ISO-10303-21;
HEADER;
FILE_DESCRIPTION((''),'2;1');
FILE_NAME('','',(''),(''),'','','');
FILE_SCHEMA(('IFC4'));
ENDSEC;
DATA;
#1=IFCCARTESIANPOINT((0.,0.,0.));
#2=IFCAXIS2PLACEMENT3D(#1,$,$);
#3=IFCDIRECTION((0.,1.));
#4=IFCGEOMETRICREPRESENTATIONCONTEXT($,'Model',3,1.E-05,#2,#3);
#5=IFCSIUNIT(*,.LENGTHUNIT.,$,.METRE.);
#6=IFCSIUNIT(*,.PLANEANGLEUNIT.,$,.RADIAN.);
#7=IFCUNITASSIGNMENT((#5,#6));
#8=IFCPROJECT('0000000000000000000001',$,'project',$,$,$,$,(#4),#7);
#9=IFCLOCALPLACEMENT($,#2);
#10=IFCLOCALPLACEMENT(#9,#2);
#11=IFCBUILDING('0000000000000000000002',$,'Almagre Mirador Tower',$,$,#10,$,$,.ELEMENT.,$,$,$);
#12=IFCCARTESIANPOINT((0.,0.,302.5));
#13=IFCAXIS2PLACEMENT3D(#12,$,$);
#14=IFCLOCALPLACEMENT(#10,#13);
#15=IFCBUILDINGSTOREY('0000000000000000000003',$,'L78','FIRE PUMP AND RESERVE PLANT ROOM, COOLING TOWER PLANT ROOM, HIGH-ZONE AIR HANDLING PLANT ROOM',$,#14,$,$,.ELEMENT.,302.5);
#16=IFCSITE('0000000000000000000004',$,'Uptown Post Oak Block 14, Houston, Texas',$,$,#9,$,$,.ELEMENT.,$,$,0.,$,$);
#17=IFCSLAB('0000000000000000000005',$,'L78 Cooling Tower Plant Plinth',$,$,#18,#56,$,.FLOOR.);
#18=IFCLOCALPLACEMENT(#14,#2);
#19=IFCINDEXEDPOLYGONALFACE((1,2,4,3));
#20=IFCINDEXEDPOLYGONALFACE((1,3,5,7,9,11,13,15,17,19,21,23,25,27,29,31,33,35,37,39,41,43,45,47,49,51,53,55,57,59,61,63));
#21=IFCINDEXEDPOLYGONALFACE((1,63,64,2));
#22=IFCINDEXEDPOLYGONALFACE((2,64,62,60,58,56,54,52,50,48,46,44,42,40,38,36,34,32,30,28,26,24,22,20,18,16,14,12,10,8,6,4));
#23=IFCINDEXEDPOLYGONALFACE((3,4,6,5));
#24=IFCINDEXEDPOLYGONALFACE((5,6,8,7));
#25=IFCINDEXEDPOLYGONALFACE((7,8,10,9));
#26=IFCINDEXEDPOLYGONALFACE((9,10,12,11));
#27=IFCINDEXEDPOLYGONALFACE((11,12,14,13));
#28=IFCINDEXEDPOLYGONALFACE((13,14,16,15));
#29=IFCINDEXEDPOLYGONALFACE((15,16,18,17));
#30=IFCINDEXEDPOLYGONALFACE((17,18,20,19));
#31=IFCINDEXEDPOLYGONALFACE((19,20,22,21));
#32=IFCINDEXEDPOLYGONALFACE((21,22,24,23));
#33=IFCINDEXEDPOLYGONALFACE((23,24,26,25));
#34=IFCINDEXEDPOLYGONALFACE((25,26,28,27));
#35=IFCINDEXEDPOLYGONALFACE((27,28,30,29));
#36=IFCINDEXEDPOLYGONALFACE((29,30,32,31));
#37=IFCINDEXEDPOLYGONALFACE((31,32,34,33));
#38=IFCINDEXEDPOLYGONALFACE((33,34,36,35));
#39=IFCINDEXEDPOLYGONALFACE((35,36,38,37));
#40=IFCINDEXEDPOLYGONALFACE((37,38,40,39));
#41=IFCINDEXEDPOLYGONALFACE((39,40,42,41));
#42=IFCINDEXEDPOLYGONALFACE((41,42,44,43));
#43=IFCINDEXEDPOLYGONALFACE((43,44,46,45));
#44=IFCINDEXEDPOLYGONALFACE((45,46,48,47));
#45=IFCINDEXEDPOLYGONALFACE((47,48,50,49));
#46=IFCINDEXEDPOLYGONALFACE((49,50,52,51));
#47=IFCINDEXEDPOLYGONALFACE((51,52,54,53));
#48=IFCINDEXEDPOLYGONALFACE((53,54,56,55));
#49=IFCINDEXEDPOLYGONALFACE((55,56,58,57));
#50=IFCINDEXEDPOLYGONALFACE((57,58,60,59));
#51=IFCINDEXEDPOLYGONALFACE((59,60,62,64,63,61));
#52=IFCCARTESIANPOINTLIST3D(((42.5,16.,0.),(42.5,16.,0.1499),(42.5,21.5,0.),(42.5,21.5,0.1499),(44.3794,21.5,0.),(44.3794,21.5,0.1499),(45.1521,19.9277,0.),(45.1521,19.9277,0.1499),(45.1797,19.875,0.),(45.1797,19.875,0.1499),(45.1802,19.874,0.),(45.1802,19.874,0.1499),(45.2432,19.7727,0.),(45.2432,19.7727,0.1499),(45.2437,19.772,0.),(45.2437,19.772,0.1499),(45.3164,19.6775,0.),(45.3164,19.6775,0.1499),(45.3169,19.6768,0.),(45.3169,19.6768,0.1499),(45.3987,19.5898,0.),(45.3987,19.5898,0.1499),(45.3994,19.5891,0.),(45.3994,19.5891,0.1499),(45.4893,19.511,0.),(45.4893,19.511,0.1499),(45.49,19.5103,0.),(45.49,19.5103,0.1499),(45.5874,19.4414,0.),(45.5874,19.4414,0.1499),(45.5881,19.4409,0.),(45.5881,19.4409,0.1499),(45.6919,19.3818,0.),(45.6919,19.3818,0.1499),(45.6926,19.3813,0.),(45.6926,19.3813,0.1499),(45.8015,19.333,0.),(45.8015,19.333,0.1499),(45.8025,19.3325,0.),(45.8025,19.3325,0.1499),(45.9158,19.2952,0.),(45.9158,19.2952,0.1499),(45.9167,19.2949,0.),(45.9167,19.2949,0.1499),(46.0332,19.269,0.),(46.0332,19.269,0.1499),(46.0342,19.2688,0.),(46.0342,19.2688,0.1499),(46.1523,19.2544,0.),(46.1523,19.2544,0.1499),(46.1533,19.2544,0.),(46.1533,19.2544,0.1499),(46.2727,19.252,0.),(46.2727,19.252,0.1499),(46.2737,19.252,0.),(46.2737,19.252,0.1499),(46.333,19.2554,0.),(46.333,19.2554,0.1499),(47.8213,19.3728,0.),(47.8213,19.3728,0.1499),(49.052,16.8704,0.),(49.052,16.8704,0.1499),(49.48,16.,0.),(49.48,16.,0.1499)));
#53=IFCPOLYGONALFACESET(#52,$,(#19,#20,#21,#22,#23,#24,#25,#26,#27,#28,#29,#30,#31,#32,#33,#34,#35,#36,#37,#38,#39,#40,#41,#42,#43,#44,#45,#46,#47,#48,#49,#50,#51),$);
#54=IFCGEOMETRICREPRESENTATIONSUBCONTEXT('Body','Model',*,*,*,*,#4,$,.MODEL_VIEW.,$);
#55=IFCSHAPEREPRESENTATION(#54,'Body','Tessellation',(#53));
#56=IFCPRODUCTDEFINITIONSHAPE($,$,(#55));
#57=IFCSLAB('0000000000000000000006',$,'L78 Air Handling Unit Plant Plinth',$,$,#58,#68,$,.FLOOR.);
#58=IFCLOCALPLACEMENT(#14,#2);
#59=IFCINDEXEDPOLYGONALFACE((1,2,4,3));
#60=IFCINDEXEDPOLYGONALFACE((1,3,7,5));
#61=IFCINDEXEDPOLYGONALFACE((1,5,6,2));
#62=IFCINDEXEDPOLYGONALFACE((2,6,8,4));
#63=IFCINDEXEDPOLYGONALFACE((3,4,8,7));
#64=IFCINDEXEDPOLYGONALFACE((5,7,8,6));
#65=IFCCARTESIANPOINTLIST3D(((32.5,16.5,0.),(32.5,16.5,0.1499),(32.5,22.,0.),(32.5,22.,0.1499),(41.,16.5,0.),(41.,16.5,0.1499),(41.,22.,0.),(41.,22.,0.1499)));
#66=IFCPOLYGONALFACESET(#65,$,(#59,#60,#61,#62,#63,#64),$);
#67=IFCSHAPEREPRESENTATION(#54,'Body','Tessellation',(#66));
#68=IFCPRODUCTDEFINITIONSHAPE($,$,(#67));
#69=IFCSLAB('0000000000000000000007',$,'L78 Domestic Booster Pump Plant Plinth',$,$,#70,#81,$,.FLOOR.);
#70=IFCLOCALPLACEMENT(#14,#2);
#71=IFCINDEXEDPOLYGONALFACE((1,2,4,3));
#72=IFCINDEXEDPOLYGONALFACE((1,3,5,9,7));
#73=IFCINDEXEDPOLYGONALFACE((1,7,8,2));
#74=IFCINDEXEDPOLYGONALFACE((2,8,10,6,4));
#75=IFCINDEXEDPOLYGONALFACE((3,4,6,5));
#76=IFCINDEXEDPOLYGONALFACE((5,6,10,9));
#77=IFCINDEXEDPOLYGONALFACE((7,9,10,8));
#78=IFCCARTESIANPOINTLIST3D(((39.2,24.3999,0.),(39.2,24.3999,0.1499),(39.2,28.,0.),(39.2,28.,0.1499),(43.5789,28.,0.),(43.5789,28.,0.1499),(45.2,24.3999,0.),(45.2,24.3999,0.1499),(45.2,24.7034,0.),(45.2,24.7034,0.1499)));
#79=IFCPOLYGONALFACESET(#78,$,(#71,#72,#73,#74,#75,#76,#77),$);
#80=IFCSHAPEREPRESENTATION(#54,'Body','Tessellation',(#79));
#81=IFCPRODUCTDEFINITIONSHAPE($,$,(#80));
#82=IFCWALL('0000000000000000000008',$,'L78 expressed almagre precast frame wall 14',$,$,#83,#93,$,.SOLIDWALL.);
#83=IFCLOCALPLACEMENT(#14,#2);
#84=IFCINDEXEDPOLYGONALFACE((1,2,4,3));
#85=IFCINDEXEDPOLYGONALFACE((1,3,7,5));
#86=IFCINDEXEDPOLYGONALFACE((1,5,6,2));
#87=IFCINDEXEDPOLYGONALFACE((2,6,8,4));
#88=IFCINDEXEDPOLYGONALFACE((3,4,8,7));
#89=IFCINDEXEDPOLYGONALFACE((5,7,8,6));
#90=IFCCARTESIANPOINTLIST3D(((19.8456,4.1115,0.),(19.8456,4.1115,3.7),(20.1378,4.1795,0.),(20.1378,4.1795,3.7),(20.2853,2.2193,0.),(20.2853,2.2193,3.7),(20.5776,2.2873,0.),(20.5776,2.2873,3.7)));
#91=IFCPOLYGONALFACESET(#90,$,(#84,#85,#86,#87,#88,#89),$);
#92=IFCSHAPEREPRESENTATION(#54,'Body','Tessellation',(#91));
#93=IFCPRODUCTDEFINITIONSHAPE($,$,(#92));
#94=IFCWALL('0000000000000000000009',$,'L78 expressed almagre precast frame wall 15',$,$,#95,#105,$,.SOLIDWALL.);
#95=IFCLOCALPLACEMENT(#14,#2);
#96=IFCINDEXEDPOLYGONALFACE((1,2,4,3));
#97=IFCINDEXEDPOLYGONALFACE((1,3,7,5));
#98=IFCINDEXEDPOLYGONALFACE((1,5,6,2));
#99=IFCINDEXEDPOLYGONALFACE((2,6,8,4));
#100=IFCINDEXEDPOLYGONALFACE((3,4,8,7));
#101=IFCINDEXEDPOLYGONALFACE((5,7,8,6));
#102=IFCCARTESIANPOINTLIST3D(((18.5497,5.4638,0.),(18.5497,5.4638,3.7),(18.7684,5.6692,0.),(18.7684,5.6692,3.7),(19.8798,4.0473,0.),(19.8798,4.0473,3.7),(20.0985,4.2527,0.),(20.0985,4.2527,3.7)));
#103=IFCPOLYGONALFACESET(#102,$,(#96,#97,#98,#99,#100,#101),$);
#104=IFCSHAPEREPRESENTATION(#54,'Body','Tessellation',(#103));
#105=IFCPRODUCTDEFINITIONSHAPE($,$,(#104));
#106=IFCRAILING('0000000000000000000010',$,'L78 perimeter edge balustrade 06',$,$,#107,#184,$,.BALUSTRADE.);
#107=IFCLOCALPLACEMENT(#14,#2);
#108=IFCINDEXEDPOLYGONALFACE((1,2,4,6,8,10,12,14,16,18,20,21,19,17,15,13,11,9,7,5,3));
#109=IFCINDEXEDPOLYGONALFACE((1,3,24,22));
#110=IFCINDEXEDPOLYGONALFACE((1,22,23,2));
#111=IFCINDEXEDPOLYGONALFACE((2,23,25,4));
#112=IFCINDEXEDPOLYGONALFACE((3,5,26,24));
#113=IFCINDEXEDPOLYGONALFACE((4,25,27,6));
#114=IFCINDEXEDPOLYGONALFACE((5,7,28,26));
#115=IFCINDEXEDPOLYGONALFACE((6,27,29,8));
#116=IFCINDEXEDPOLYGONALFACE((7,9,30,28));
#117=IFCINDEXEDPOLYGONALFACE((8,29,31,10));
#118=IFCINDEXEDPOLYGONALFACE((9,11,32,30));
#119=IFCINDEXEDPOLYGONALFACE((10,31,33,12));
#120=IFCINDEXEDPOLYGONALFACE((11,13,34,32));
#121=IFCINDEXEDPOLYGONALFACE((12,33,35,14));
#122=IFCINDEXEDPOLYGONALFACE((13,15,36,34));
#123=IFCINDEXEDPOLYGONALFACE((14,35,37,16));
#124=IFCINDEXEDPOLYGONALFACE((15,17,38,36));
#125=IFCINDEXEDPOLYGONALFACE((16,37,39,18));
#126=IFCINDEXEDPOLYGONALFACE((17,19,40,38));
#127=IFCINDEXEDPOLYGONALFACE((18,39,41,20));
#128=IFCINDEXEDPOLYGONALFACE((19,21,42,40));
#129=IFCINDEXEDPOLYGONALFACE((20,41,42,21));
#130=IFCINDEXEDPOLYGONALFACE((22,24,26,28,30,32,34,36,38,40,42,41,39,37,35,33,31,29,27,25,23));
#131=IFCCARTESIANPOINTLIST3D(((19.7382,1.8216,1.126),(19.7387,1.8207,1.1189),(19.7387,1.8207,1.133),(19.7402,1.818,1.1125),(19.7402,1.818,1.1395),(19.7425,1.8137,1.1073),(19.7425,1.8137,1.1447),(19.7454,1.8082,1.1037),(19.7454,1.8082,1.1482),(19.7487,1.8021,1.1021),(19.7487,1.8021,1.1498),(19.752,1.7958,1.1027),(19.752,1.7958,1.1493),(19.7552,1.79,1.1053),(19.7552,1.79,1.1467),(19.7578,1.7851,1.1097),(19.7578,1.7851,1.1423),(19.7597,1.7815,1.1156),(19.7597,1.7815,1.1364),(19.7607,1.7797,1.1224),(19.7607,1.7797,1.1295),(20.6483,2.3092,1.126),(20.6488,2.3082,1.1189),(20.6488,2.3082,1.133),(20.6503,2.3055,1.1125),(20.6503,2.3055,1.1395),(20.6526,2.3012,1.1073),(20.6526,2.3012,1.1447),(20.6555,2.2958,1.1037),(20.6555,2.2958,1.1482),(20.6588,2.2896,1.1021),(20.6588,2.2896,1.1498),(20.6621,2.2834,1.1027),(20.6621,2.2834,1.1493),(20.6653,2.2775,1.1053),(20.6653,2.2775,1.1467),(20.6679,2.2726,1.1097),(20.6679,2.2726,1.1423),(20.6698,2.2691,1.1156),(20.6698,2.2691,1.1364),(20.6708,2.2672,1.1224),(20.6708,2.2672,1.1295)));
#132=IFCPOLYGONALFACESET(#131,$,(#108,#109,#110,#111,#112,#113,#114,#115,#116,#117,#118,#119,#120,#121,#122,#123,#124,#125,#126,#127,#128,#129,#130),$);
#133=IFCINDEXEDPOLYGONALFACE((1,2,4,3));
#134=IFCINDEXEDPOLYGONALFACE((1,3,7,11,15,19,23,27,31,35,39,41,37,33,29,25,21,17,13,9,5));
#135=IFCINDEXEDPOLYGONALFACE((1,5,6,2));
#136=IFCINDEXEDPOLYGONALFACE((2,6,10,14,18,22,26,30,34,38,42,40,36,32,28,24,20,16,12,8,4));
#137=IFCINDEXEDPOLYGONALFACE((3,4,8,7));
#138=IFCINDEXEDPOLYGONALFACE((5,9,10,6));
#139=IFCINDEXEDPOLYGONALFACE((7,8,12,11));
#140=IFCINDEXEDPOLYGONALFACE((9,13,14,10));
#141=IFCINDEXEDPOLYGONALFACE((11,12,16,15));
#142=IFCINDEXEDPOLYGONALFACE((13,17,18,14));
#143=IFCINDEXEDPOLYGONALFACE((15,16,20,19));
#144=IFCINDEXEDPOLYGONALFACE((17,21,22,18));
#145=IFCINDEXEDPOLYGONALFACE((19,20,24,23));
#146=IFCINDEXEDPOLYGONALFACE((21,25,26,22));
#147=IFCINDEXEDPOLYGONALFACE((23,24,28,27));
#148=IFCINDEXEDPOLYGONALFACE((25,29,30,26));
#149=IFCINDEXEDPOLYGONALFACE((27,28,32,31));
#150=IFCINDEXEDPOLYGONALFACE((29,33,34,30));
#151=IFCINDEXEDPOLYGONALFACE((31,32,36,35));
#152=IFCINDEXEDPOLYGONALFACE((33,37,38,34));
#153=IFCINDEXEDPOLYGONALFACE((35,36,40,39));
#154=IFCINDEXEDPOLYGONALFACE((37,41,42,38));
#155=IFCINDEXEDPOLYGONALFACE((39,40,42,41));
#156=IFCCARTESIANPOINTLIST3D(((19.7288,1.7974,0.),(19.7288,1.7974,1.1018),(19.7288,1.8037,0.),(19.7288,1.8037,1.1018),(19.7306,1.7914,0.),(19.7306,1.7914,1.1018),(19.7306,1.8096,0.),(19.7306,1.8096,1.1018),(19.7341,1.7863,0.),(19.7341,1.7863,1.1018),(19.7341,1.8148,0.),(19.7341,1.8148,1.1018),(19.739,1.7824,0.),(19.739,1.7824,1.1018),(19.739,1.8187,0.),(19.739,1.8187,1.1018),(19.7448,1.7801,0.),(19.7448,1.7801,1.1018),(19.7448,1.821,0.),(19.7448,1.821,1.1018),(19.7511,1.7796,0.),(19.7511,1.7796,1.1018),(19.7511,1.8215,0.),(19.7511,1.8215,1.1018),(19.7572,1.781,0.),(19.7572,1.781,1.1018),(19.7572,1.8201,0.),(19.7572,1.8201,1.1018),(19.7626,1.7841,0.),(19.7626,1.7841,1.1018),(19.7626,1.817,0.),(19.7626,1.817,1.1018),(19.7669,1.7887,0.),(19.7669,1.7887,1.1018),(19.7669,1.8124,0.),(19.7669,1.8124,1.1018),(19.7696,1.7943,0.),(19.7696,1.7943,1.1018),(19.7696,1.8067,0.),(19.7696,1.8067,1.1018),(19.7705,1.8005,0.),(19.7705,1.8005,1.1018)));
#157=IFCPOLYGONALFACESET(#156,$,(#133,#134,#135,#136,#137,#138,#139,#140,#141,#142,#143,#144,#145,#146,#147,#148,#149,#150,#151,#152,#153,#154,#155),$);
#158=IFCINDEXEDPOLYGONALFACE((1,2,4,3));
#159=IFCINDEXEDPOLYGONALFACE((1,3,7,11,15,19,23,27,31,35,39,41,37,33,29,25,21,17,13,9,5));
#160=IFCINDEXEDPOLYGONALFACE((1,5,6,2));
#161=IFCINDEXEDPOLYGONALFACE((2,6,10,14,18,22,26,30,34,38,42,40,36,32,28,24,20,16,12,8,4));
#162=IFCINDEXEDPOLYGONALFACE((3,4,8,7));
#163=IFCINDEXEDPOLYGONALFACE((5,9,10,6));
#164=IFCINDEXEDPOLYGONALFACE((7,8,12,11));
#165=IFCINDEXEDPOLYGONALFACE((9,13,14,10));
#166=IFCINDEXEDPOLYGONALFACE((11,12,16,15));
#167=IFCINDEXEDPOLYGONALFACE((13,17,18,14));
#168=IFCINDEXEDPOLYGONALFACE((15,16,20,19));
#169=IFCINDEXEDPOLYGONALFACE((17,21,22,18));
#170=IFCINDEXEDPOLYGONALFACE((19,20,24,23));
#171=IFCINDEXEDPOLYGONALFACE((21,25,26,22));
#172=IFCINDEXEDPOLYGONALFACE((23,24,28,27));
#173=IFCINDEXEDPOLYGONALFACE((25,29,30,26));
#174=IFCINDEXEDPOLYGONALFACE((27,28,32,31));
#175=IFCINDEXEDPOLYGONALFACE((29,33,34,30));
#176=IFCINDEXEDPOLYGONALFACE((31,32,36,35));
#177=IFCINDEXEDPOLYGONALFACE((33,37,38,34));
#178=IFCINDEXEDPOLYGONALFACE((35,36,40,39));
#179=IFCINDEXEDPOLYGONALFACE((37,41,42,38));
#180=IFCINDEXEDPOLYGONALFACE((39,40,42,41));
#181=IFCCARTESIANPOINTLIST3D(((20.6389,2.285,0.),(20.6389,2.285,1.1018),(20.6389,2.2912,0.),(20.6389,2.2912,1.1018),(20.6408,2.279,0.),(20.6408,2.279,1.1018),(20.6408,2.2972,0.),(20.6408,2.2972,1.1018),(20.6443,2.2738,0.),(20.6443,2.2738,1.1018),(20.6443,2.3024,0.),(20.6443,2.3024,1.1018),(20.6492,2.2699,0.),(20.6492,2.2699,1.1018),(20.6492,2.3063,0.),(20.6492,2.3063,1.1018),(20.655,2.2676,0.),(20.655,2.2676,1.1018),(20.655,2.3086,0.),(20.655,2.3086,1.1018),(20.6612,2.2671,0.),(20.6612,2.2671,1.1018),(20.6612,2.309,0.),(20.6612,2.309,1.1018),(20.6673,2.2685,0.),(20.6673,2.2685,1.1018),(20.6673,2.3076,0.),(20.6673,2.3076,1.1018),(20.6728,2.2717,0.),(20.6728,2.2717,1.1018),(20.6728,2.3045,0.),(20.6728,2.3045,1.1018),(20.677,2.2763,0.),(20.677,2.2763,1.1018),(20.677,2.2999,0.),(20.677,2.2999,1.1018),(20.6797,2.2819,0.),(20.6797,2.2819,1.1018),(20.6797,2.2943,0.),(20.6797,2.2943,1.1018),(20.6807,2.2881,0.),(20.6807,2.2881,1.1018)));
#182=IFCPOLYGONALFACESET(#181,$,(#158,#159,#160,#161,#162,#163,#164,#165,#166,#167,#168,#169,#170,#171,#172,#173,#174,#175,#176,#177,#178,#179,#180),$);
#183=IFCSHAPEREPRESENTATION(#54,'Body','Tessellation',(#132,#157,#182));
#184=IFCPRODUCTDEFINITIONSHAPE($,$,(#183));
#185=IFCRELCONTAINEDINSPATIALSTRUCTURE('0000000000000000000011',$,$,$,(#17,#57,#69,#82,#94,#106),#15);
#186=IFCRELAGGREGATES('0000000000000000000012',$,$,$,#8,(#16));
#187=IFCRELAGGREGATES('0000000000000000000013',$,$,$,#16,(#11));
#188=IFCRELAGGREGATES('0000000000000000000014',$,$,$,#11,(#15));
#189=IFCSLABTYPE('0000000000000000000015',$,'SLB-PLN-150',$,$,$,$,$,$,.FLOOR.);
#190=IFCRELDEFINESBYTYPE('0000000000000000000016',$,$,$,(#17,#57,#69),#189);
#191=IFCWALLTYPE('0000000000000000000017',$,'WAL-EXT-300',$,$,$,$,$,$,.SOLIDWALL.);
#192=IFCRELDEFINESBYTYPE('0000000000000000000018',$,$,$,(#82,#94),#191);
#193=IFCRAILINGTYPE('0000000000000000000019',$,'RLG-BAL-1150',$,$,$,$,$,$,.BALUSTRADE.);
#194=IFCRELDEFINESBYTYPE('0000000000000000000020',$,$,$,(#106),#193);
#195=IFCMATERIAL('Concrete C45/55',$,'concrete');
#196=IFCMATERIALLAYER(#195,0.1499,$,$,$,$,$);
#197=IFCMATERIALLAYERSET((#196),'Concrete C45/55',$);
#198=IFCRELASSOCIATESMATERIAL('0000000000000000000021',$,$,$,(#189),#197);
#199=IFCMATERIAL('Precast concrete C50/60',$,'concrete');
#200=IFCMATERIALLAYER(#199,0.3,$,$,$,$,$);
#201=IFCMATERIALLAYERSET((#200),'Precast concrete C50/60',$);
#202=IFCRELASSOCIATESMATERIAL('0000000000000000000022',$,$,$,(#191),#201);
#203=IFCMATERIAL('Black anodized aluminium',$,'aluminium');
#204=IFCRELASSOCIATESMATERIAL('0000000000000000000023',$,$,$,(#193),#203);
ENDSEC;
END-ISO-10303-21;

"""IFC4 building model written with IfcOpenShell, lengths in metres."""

from ifc_helpers import new_model, si_unit, direction, frame, frame_2d, origin, origin_2d, place, context, subcontext, project, spatial, polyline, rectangle, circle, outline, extrude, material, layer, layer_set, type_object, element, save


model = new_model("IFC4")

# Units and contexts
model_context = context("Model", 3, precision=1e-05, world=origin(), true_north=direction((0.0, 1.0)))
body_context = subcontext(model_context, "Body", "Model", "MODEL_VIEW")
ifc_project = project(units=[si_unit("LENGTHUNIT", "METRE"), si_unit("PLANEANGLEUNIT", "RADIAN")], contexts=[model_context])

# Site, building, storey
site_placement = place(None, origin())
site = spatial("IfcSite", under=ifc_project, at=site_placement, Name="Uptown Post Oak Block 14, Houston, Texas", CompositionType="ELEMENT", RefElevation=0.0)
building_placement = place(site_placement, origin())
building = spatial("IfcBuilding", under=site, at=building_placement, Name="Almagre Mirador Tower", CompositionType="ELEMENT")
storey_placement = place(building_placement, frame((0.0, 0.0, 302.5)))
storey = spatial("IfcBuildingStorey", under=building, at=storey_placement, Name="L78", Description="FIRE PUMP AND RESERVE PLANT ROOM, COOLING TOWER PLANT ROOM, HIGH-ZONE AIR HANDLING PLANT ROOM", CompositionType="ELEMENT", Elevation=302.5)

# Slabs
ifc_material_1 = material(Name="Concrete C45/55", Category="concrete")
ifc_layer_1 = layer(ifc_material_1, 0.1499)
ifc_layer_set_1 = layer_set([ifc_layer_1], Name="Concrete C45/55")
slab_type_1 = type_object("IfcSlabType", Name="SLB-PLN-150", PredefinedType="FLOOR", material=ifc_layer_set_1)
slab_1_placement = place(storey_placement, origin())
element("IfcSlab", 1, at=slab_1_placement, inside=storey, type_object=slab_type_1, Name="L78 Cooling Tower Plant Plinth", PredefinedType="FLOOR", context=body_context, shape_type="SweptSolid", body=[
    extrude(outline(polyline([(49.48, 16.0), (49.052, 16.8704), (47.8213, 19.3728), (46.333, 19.2554), (46.2737, 19.252), (46.2727, 19.252), (46.1533, 19.2544), (46.1523, 19.2544), (46.0342, 19.2688), (46.0332, 19.269), (45.9167, 19.2949), (45.9158, 19.2952), (45.8025, 19.3325), (45.8015, 19.333), (45.6926, 19.3813), (45.6919, 19.3818), (45.5881, 19.4409), (45.5874, 19.4414), (45.49, 19.5103), (45.4893, 19.511), (45.3994, 19.5891), (45.3987, 19.5898), (45.3169, 19.6768), (45.3164, 19.6775), (45.2437, 19.772), (45.2432, 19.7727), (45.1802, 19.874), (45.1797, 19.875), (45.1521, 19.9277), (44.3794, 21.5), (42.5, 21.5), (42.5, 16.0), (49.48, 16.0)])), origin(), (0.0, 0.0, 1.0), 0.1499),
])
slab_2_placement = place(storey_placement, origin())
element("IfcSlab", 2, at=slab_2_placement, inside=storey, type_object=slab_type_1, Name="L78 Air Handling Unit Plant Plinth", PredefinedType="FLOOR", context=body_context, shape_type="SweptSolid", body=[
    extrude(outline(polyline([(32.5, 16.5), (41.0, 16.5), (41.0, 22.0), (32.5, 22.0), (32.5, 16.5)])), origin(), (0.0, 0.0, 1.0), 0.1499),
])
slab_3_placement = place(storey_placement, origin())
element("IfcSlab", 3, at=slab_3_placement, inside=storey, type_object=slab_type_1, Name="L78 Domestic Booster Pump Plant Plinth", PredefinedType="FLOOR", context=body_context, shape_type="SweptSolid", body=[
    extrude(outline(polyline([(45.2, 24.7034), (43.5789, 28.0), (39.2, 28.0), (39.2, 24.3999), (45.2, 24.3999), (45.2, 24.7034)])), origin(), (0.0, 0.0, 1.0), 0.1499),
])

# Walls
ifc_material_2 = material(Name="Precast concrete C50/60", Category="concrete")
ifc_layer_2 = layer(ifc_material_2, 0.3)
ifc_layer_set_2 = layer_set([ifc_layer_2], Name="Precast concrete C50/60")
wall_type = type_object("IfcWallType", Name="WAL-EXT-300", PredefinedType="SOLIDWALL", material=ifc_layer_set_2)
wall_1_placement = place(storey_placement, frame((20.4314, 2.2534, 0.0), z_axis=(0.0, 0.0, 1.0), x_axis=(-0.226355, 0.974045, 0.0)))
element("IfcWall", 4, at=wall_1_placement, inside=storey, type_object=wall_type, Name="L78 expressed almagre precast frame wall 14", PredefinedType="SOLIDWALL", context=body_context, shape_type="SweptSolid", body=[
    extrude(rectangle(XDim=1.9426, YDim=0.3, at=frame_2d((0.9712, 0.0))), origin(), (0.0, 0.0, 1.0), 3.7),
])
wall_2_placement = place(storey_placement, frame((19.9893, 4.1499, 0.0), z_axis=(0.0, 0.0, 1.0), x_axis=(-0.684518, 0.728996, 0.0)))
element("IfcWall", 5, at=wall_2_placement, inside=storey, type_object=wall_type, Name="L78 expressed almagre precast frame wall 15", PredefinedType="SOLIDWALL", context=body_context, shape_type="SweptSolid", body=[
    extrude(rectangle(XDim=1.9431, YDim=0.3, at=frame_2d((0.9717, 0.0))), origin(), (0.0, 0.0, 1.0), 3.7),
])

# Railing
ifc_material_3 = material(Name="Black anodized aluminium", Category="aluminium")
railing_type = type_object("IfcRailingType", Name="RLG-BAL-1150", PredefinedType="BALUSTRADE", material=ifc_material_3)
railing_1_placement = place(storey_placement, frame((19.7495, 1.8005, 0.0)))
element("IfcRailing", 6, at=railing_1_placement, inside=storey, type_object=railing_type, Name="L78 perimeter edge balustrade 06", PredefinedType="BALUSTRADE", context=body_context, shape_type="SweptSolid", body=[
    extrude(circle(Radius=0.0239, at=origin_2d()), frame((0.0, 0.0, 1.126), z_axis=(0.881494, 0.472195, 0.0), x_axis=(-0.472195, 0.881494, 0.0)), (0.0, 0.0, 1.0), 1.0325),
    extrude(circle(Radius=0.021, at=origin_2d()), origin(), (0.0, 0.0, 1.0), 1.1018),
    extrude(circle(Radius=0.021, at=origin_2d()), frame((0.9102, 0.4875, 0.0)), (0.0, 0.0, 1.0), 1.1018),
])

save(model, "model.ifc")
